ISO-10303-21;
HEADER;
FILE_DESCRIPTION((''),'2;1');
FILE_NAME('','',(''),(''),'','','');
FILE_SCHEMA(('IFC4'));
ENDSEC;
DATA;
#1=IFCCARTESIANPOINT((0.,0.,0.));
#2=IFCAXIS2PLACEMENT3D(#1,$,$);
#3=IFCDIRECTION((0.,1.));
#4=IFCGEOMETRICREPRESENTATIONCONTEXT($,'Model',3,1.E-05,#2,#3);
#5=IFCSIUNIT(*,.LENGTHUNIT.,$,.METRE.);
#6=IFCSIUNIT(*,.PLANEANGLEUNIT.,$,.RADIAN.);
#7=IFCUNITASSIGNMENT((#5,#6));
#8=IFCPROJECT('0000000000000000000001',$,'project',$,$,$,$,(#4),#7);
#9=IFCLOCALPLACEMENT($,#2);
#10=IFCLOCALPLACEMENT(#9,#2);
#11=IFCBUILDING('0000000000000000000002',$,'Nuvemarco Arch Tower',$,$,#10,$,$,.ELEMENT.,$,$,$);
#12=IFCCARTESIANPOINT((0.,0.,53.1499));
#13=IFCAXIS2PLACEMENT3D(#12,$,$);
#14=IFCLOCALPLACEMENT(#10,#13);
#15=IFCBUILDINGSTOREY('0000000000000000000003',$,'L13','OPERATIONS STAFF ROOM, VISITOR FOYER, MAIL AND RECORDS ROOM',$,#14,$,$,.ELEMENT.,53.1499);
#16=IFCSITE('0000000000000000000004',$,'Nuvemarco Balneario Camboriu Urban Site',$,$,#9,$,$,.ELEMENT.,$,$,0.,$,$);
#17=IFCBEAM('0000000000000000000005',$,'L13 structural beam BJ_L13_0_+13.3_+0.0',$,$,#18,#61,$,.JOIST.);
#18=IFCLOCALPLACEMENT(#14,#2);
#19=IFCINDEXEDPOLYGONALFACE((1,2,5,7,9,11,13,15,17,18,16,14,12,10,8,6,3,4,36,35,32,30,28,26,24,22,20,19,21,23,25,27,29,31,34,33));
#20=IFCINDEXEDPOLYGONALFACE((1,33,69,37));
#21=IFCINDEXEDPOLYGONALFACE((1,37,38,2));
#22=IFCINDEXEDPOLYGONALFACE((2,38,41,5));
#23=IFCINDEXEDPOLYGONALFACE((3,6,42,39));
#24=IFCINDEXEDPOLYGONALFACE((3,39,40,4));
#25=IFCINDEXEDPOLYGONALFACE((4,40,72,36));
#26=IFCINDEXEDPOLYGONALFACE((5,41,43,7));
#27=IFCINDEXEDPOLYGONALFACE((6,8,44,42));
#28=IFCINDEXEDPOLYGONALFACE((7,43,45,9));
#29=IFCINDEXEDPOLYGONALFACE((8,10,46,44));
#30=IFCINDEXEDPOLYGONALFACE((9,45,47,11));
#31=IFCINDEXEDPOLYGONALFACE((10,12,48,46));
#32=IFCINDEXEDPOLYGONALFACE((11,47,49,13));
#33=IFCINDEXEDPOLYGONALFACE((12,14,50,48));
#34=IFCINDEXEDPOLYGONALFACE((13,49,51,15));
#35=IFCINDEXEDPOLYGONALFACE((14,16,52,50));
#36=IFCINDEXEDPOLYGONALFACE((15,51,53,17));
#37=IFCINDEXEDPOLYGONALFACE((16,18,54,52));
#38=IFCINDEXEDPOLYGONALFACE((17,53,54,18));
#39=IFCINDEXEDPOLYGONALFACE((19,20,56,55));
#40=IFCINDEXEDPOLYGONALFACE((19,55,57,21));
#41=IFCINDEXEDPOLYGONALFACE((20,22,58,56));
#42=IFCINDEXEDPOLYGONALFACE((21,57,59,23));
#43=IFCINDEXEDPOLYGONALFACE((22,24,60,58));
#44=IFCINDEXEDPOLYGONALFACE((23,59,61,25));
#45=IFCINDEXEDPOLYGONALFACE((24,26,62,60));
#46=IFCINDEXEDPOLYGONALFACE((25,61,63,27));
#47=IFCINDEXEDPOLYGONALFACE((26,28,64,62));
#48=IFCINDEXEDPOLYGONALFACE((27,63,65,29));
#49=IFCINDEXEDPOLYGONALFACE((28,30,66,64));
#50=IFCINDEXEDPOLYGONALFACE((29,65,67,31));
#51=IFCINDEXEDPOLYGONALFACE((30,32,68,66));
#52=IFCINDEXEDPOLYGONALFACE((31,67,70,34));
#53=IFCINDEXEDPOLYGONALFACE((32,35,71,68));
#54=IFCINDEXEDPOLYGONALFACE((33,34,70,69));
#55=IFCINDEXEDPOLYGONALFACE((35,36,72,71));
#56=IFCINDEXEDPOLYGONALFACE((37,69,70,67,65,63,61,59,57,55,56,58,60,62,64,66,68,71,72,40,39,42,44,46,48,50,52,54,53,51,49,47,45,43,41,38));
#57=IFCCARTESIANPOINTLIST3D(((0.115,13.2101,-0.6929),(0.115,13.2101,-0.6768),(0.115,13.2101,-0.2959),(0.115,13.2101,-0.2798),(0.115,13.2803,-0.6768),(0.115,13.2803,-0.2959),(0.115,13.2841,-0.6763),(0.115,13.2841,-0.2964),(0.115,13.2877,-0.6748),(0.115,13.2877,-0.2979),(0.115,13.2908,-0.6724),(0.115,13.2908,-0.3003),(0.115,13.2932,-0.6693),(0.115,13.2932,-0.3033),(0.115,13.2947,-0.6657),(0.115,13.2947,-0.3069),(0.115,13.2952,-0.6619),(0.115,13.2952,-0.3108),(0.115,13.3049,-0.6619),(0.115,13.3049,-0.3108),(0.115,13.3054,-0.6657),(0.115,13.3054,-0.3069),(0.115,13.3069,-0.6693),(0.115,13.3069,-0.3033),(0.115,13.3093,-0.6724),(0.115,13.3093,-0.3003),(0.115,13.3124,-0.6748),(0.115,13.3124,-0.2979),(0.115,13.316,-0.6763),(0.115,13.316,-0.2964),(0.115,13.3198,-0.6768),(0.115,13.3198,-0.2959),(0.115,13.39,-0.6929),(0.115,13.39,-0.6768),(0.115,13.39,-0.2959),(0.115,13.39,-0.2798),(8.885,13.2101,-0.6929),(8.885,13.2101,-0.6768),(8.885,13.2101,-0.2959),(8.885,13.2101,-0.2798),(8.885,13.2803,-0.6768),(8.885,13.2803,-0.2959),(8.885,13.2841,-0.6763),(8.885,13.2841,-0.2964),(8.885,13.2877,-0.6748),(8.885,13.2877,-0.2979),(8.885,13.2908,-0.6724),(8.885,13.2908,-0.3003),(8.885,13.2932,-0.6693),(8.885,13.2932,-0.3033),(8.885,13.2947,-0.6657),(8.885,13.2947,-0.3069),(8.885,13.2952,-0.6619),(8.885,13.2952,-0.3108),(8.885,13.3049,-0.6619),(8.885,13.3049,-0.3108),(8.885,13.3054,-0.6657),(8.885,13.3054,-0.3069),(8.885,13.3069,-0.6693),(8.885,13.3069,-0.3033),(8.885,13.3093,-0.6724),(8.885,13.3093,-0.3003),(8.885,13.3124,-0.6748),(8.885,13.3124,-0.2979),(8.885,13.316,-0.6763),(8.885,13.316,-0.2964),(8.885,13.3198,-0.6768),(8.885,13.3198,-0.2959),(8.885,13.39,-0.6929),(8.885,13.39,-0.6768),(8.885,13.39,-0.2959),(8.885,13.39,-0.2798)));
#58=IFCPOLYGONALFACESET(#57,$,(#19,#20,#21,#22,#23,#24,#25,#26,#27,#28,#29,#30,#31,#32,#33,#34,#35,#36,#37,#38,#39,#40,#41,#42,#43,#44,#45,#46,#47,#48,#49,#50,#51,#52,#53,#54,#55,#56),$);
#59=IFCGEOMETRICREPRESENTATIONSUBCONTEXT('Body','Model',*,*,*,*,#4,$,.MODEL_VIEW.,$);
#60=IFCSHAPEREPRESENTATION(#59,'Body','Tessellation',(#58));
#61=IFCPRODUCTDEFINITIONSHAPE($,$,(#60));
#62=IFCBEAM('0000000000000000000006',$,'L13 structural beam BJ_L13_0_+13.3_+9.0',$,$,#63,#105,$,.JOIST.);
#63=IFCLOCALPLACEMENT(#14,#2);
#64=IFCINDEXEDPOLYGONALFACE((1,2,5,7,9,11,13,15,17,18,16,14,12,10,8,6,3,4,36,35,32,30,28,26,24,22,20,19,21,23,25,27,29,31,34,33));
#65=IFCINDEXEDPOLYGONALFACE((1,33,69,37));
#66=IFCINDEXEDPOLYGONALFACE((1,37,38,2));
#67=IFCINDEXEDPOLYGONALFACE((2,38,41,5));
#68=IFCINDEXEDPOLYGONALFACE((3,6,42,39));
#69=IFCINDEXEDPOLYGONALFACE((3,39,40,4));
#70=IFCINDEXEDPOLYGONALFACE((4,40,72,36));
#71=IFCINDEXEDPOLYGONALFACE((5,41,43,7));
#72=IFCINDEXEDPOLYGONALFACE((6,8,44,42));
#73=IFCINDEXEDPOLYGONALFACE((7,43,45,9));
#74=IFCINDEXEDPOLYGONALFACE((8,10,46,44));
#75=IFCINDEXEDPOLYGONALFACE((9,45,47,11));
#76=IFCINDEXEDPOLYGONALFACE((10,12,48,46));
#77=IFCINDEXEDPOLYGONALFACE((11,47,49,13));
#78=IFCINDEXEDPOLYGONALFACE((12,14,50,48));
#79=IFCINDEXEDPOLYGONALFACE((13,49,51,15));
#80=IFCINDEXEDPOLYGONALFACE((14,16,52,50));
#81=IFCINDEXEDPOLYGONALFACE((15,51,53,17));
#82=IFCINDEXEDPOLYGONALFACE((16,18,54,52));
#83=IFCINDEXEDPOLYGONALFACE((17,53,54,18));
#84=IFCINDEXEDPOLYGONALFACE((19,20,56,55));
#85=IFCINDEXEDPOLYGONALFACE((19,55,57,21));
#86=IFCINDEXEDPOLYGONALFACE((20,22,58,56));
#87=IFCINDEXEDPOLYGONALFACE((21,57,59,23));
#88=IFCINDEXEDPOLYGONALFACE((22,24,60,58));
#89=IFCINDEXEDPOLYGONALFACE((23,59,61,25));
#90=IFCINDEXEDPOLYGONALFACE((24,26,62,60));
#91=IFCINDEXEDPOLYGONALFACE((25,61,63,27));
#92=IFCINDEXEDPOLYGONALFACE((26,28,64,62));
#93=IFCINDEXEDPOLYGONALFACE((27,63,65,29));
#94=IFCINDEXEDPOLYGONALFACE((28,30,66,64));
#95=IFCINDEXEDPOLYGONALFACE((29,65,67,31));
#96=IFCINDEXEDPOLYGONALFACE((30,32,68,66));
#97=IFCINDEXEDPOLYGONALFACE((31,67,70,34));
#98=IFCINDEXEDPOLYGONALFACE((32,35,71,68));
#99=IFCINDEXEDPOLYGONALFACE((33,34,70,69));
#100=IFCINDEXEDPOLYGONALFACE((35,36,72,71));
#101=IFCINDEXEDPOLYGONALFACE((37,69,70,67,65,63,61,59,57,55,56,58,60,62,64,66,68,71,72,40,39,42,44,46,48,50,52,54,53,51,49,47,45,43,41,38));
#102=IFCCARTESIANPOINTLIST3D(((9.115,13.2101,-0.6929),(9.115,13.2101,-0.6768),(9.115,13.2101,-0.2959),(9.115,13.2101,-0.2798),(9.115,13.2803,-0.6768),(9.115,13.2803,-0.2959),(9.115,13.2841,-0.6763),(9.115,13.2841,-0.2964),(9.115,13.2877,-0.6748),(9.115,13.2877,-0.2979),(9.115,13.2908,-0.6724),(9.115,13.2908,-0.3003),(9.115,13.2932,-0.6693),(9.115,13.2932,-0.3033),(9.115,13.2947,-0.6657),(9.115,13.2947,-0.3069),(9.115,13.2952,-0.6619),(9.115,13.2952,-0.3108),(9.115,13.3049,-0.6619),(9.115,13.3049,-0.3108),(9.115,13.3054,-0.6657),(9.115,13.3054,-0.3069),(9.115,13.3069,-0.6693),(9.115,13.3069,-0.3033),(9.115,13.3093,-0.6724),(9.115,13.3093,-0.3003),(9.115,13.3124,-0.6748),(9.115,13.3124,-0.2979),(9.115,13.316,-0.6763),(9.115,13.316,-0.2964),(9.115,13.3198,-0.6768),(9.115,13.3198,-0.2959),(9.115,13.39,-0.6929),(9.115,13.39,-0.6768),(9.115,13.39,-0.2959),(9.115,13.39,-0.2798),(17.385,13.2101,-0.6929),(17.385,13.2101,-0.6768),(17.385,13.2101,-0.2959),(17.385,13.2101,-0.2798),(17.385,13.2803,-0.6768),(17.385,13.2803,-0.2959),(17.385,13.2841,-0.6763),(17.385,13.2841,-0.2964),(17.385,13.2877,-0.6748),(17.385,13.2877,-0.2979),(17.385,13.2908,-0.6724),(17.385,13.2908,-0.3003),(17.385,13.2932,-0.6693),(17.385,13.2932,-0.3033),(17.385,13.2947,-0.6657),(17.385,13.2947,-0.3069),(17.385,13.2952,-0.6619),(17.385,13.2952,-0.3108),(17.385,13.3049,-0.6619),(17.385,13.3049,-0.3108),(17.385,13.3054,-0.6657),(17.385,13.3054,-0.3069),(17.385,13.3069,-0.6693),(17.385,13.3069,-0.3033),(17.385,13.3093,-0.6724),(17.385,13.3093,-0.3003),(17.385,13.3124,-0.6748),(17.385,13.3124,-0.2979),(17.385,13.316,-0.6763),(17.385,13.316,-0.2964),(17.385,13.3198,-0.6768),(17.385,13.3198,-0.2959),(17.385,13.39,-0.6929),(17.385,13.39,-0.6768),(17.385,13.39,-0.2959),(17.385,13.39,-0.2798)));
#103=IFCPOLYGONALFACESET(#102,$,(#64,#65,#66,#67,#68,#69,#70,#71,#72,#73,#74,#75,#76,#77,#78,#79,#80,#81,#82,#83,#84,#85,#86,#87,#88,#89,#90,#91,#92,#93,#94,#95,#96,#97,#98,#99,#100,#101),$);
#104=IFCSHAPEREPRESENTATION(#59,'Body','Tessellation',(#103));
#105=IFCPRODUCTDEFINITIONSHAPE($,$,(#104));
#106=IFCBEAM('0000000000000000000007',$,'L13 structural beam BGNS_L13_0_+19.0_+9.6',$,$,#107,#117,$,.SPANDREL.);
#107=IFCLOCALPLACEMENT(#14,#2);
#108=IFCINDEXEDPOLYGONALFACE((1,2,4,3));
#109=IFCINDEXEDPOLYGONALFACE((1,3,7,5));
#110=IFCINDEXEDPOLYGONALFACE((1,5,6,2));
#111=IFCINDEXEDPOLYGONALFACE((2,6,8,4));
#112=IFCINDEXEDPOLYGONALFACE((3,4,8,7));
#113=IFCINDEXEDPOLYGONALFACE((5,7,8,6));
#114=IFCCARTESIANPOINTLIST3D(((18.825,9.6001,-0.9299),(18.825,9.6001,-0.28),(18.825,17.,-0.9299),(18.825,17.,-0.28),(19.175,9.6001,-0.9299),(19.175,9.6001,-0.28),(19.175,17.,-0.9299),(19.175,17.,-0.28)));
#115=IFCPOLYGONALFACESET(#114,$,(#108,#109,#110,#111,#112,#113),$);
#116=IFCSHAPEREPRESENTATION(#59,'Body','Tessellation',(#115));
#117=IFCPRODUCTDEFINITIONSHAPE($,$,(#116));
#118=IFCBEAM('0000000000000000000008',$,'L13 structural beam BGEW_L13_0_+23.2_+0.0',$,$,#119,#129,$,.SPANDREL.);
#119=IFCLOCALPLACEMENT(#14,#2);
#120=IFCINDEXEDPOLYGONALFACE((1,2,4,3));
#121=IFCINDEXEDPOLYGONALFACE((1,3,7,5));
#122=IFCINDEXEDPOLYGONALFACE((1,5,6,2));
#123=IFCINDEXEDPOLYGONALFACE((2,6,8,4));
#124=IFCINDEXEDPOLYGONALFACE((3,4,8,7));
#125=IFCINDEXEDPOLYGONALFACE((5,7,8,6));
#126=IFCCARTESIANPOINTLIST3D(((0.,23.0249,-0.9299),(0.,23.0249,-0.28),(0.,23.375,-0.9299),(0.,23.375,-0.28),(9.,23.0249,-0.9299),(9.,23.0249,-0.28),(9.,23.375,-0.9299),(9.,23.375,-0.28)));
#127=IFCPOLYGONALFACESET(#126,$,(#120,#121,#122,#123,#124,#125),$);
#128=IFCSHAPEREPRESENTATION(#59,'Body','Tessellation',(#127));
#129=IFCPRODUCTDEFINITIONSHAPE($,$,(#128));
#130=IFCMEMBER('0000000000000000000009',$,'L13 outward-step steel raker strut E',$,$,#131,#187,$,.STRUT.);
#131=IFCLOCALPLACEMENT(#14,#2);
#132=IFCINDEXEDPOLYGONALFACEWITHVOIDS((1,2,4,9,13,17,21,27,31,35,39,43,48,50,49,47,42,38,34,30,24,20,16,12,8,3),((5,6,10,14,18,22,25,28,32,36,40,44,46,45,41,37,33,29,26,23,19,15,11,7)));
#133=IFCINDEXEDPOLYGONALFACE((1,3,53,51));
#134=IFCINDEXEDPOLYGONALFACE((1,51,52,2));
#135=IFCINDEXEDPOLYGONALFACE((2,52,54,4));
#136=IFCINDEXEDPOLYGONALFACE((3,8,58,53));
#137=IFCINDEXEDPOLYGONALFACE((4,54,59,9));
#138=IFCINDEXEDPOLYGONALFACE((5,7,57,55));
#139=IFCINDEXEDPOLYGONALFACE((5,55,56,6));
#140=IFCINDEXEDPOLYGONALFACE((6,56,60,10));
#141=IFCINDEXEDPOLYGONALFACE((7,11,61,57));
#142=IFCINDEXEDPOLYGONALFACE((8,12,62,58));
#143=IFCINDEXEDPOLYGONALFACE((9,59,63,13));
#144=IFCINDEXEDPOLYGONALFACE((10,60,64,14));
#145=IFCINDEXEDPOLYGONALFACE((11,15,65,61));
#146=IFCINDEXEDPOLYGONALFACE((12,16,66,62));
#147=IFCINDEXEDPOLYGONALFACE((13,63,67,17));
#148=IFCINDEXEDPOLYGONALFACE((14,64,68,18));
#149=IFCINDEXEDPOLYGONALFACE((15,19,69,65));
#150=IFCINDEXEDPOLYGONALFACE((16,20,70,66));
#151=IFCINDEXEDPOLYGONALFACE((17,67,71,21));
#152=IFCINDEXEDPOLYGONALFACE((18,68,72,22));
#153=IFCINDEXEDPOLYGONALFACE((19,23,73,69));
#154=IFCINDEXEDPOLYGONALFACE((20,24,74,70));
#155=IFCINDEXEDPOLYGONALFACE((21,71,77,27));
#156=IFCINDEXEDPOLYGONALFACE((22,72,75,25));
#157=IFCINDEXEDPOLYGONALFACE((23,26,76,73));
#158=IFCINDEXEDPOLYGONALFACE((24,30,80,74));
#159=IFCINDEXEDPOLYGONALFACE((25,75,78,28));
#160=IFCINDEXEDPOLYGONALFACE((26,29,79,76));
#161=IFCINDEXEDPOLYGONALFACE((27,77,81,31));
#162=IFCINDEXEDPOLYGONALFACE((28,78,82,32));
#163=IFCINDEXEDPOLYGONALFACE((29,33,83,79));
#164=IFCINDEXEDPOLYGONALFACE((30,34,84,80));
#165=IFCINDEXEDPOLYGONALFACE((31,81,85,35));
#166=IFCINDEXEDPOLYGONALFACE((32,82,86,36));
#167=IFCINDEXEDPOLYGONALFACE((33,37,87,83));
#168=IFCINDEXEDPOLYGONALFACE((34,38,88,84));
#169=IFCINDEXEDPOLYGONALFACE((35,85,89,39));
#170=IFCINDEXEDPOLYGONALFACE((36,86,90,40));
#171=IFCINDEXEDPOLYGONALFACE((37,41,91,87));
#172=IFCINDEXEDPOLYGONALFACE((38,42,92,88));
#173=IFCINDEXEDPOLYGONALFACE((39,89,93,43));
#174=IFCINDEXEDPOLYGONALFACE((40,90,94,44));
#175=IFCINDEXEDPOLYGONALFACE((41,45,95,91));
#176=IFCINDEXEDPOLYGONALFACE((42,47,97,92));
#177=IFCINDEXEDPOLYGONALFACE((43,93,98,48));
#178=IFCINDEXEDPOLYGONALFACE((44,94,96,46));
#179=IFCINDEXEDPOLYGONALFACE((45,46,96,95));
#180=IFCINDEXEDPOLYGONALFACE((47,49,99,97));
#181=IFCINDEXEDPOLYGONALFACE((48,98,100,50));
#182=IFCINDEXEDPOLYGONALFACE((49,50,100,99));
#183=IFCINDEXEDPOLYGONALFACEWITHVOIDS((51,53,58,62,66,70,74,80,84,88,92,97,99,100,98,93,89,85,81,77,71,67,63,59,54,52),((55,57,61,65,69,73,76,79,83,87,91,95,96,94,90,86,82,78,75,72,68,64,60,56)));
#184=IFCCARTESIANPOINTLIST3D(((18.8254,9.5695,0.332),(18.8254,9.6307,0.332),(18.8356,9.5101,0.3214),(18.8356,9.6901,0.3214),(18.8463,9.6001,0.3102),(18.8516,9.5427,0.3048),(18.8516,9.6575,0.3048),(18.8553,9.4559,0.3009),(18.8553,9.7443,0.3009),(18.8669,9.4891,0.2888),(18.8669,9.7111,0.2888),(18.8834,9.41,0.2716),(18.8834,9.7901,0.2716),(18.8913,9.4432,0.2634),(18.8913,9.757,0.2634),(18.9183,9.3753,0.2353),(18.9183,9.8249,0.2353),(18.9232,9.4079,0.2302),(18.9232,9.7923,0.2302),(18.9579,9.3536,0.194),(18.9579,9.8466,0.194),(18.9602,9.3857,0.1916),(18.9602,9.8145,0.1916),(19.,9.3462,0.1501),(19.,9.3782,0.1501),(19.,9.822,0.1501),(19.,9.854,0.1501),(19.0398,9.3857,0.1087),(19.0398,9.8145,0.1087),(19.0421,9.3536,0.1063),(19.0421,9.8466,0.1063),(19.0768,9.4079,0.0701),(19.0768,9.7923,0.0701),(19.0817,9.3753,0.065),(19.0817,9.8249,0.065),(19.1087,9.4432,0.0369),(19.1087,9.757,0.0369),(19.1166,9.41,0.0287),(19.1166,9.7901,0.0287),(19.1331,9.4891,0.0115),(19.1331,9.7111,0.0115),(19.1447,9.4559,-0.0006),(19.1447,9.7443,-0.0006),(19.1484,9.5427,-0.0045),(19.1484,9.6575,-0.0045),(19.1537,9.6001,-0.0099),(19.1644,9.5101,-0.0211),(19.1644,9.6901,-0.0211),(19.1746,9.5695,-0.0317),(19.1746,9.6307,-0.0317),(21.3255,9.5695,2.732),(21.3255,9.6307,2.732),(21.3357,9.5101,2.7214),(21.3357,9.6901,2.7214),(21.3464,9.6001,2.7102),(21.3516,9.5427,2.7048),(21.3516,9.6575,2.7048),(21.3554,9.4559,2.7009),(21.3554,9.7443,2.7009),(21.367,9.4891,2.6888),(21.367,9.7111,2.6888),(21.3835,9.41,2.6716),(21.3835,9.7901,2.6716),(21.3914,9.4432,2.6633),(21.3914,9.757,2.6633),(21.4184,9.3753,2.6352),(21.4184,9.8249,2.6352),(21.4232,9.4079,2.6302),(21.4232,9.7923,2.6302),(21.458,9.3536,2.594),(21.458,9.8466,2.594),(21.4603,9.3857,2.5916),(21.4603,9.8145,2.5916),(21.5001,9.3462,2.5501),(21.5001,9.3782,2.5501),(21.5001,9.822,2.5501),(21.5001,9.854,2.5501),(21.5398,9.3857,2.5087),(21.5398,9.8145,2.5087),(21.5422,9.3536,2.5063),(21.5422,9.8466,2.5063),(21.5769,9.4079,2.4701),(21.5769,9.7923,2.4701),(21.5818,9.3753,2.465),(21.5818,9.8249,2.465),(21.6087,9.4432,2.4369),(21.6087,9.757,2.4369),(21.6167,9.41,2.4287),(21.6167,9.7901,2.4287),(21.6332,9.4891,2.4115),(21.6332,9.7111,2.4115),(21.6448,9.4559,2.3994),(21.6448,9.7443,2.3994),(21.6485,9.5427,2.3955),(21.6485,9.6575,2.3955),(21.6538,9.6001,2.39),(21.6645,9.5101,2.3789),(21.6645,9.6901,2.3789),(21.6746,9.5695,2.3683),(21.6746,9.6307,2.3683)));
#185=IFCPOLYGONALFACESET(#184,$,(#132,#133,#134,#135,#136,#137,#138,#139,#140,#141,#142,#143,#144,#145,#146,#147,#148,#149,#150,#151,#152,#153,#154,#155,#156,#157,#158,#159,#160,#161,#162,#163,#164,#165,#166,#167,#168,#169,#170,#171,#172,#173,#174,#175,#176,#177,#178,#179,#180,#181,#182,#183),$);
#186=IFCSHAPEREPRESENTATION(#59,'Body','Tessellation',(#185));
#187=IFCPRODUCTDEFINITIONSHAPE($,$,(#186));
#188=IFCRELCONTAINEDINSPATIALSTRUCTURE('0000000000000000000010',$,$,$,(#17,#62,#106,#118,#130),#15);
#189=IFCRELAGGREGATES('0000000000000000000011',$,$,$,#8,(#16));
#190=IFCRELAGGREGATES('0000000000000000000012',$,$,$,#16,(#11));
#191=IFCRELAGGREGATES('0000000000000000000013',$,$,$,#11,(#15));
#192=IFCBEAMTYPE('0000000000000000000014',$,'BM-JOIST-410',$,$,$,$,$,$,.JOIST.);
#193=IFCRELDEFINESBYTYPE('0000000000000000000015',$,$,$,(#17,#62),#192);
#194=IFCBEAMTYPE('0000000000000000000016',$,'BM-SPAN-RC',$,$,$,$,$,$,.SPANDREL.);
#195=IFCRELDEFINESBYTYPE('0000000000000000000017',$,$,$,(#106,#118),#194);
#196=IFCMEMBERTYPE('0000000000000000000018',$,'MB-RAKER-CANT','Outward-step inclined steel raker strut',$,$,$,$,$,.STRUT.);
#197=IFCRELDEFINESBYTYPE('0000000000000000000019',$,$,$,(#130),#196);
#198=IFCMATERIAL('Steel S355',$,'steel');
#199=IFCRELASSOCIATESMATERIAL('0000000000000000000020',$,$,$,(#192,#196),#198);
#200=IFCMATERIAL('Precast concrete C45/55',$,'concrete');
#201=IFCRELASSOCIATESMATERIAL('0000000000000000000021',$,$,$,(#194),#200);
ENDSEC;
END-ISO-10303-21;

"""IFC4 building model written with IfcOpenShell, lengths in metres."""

from ifc_helpers import new_model, si_unit, direction, frame, origin, origin_2d, place, context, subcontext, project, spatial, rectangle, hollow_circle, i_section, extrude, material, material_profile, profile_set, type_object, element, save


model = new_model("IFC4")

# Units and contexts
model_context = context("Model", 3, precision=1e-05, world=origin(), true_north=direction((0.0, 1.0)))
body_context = subcontext(model_context, "Body", "Model", "MODEL_VIEW")
ifc_project = project(units=[si_unit("LENGTHUNIT", "METRE"), si_unit("PLANEANGLEUNIT", "RADIAN")], contexts=[model_context])

# Site, building, storey
site_placement = place(None, origin())
site = spatial("IfcSite", under=ifc_project, at=site_placement, Name="Nuvemarco Balneario Camboriu Urban Site", CompositionType="ELEMENT", RefElevation=0.0)
building_placement = place(site_placement, origin())
building = spatial("IfcBuilding", under=site, at=building_placement, Name="Nuvemarco Arch Tower", CompositionType="ELEMENT")
storey_placement = place(building_placement, frame((0.0, 0.0, 53.1499)))
storey = spatial("IfcBuildingStorey", under=building, at=storey_placement, Name="L13", Description="OPERATIONS STAFF ROOM, VISITOR FOYER, MAIL AND RECORDS ROOM", CompositionType="ELEMENT", Elevation=53.1499)

# Shared definitions
ifc_material_1 = material(Name="Steel S355", Category="steel")

# Beams
ifc_material_profile_1 = material_profile(ifc_material_1, i_section(OverallWidth=0.1799, OverallDepth=0.4131, WebThickness=0.0098, FlangeThickness=0.0161, FilletRadius=0.0149, at=origin_2d()), Name="W410x75")
ifc_profile_set_1 = profile_set([ifc_material_profile_1], Name="Steel S355")
beam_type_1 = type_object("IfcBeamType", Name="BM-JOIST-410", PredefinedType="JOIST", material=ifc_profile_set_1)
beam_1_placement = place(storey_placement, frame((0.115, 13.3, -0.4863), z_axis=(1.0, 0.0, 0.0), x_axis=(0.0, 1.0, 0.0)))
element("IfcBeam", 1, at=beam_1_placement, inside=storey, type_object=beam_type_1, Name="L13 structural beam BJ_L13_0_+13.3_+0.0", PredefinedType="JOIST", context=body_context, shape_type="SweptSolid", body=[
    extrude(i_section(OverallWidth=0.1799, OverallDepth=0.4131, WebThickness=0.0098, FlangeThickness=0.0161, FilletRadius=0.0149, at=origin_2d()), origin(), (0.0, 0.0, 1.0), 8.77),
])
beam_2_placement = place(storey_placement, frame((9.115, 13.3, -0.4863), z_axis=(1.0, 0.0, 0.0), x_axis=(0.0, 1.0, 0.0)))
element("IfcBeam", 2, at=beam_2_placement, inside=storey, type_object=beam_type_1, Name="L13 structural beam BJ_L13_0_+13.3_+9.0", PredefinedType="JOIST", context=body_context, shape_type="SweptSolid", body=[
    extrude(i_section(OverallWidth=0.1799, OverallDepth=0.4131, WebThickness=0.0098, FlangeThickness=0.0161, FilletRadius=0.0149, at=origin_2d()), origin(), (0.0, 0.0, 1.0), 8.27),
])
ifc_material_2 = material(Name="Precast concrete C45/55", Category="concrete")
ifc_material_profile_2 = material_profile(ifc_material_2, rectangle(XDim=0.3501, YDim=0.6499, at=origin_2d()), Name="PC-SP-350x650")
ifc_profile_set_2 = profile_set([ifc_material_profile_2], Name="Precast concrete C45/55")
beam_type_2 = type_object("IfcBeamType", Name="BM-SPAN-RC", PredefinedType="SPANDREL", material=ifc_profile_set_2)
beam_3_placement = place(storey_placement, frame((19.0, 9.6001, -0.605), z_axis=(0.0, 1.0, 0.0), x_axis=(-1.0, 0.0, 0.0)))
element("IfcBeam", 3, at=beam_3_placement, inside=storey, type_object=beam_type_2, Name="L13 structural beam BGNS_L13_0_+19.0_+9.6", PredefinedType="SPANDREL", context=body_context, shape_type="SweptSolid", body=[
    extrude(rectangle(XDim=0.3501, YDim=0.6499, at=origin_2d()), origin(), (0.0, 0.0, 1.0), 7.3999),
])
beam_4_placement = place(storey_placement, frame((0.0, 23.2, -0.605), z_axis=(1.0, 0.0, 0.0), x_axis=(0.0, 1.0, 0.0)))
element("IfcBeam", 4, at=beam_4_placement, inside=storey, type_object=beam_type_2, Name="L13 structural beam BGEW_L13_0_+23.2_+0.0", PredefinedType="SPANDREL", context=body_context, shape_type="SweptSolid", body=[
    extrude(rectangle(XDim=0.3501, YDim=0.6499, at=origin_2d()), origin(), (0.0, 0.0, 1.0), 9.0),
])

# Member
ifc_material_profile_3 = material_profile(ifc_material_1, hollow_circle(Radius=0.2539, WallThickness=0.032, at=origin_2d()), Name="CHS508x32")
ifc_profile_set_3 = profile_set([ifc_material_profile_3], Name="Steel S355")
member_type = type_object("IfcMemberType", Name="MB-RAKER-CANT", Description="Outward-step inclined steel raker strut", PredefinedType="STRUT", material=ifc_profile_set_3)
member_placement = place(storey_placement, frame((19.0, 9.6001, 0.1501), z_axis=(0.721401, 0.0, 0.692517), x_axis=(0.0, 1.0, 0.0)))
element("IfcMember", 5, at=member_placement, inside=storey, type_object=member_type, Name="L13 outward-step steel raker strut E", PredefinedType="STRUT", context=body_context, shape_type="SweptSolid", body=[
    extrude(hollow_circle(Radius=0.2539, WallThickness=0.032, at=origin_2d()), origin(), (0.0, 0.0, 1.0), 3.4656),
])

save(model, "model.ifc")
